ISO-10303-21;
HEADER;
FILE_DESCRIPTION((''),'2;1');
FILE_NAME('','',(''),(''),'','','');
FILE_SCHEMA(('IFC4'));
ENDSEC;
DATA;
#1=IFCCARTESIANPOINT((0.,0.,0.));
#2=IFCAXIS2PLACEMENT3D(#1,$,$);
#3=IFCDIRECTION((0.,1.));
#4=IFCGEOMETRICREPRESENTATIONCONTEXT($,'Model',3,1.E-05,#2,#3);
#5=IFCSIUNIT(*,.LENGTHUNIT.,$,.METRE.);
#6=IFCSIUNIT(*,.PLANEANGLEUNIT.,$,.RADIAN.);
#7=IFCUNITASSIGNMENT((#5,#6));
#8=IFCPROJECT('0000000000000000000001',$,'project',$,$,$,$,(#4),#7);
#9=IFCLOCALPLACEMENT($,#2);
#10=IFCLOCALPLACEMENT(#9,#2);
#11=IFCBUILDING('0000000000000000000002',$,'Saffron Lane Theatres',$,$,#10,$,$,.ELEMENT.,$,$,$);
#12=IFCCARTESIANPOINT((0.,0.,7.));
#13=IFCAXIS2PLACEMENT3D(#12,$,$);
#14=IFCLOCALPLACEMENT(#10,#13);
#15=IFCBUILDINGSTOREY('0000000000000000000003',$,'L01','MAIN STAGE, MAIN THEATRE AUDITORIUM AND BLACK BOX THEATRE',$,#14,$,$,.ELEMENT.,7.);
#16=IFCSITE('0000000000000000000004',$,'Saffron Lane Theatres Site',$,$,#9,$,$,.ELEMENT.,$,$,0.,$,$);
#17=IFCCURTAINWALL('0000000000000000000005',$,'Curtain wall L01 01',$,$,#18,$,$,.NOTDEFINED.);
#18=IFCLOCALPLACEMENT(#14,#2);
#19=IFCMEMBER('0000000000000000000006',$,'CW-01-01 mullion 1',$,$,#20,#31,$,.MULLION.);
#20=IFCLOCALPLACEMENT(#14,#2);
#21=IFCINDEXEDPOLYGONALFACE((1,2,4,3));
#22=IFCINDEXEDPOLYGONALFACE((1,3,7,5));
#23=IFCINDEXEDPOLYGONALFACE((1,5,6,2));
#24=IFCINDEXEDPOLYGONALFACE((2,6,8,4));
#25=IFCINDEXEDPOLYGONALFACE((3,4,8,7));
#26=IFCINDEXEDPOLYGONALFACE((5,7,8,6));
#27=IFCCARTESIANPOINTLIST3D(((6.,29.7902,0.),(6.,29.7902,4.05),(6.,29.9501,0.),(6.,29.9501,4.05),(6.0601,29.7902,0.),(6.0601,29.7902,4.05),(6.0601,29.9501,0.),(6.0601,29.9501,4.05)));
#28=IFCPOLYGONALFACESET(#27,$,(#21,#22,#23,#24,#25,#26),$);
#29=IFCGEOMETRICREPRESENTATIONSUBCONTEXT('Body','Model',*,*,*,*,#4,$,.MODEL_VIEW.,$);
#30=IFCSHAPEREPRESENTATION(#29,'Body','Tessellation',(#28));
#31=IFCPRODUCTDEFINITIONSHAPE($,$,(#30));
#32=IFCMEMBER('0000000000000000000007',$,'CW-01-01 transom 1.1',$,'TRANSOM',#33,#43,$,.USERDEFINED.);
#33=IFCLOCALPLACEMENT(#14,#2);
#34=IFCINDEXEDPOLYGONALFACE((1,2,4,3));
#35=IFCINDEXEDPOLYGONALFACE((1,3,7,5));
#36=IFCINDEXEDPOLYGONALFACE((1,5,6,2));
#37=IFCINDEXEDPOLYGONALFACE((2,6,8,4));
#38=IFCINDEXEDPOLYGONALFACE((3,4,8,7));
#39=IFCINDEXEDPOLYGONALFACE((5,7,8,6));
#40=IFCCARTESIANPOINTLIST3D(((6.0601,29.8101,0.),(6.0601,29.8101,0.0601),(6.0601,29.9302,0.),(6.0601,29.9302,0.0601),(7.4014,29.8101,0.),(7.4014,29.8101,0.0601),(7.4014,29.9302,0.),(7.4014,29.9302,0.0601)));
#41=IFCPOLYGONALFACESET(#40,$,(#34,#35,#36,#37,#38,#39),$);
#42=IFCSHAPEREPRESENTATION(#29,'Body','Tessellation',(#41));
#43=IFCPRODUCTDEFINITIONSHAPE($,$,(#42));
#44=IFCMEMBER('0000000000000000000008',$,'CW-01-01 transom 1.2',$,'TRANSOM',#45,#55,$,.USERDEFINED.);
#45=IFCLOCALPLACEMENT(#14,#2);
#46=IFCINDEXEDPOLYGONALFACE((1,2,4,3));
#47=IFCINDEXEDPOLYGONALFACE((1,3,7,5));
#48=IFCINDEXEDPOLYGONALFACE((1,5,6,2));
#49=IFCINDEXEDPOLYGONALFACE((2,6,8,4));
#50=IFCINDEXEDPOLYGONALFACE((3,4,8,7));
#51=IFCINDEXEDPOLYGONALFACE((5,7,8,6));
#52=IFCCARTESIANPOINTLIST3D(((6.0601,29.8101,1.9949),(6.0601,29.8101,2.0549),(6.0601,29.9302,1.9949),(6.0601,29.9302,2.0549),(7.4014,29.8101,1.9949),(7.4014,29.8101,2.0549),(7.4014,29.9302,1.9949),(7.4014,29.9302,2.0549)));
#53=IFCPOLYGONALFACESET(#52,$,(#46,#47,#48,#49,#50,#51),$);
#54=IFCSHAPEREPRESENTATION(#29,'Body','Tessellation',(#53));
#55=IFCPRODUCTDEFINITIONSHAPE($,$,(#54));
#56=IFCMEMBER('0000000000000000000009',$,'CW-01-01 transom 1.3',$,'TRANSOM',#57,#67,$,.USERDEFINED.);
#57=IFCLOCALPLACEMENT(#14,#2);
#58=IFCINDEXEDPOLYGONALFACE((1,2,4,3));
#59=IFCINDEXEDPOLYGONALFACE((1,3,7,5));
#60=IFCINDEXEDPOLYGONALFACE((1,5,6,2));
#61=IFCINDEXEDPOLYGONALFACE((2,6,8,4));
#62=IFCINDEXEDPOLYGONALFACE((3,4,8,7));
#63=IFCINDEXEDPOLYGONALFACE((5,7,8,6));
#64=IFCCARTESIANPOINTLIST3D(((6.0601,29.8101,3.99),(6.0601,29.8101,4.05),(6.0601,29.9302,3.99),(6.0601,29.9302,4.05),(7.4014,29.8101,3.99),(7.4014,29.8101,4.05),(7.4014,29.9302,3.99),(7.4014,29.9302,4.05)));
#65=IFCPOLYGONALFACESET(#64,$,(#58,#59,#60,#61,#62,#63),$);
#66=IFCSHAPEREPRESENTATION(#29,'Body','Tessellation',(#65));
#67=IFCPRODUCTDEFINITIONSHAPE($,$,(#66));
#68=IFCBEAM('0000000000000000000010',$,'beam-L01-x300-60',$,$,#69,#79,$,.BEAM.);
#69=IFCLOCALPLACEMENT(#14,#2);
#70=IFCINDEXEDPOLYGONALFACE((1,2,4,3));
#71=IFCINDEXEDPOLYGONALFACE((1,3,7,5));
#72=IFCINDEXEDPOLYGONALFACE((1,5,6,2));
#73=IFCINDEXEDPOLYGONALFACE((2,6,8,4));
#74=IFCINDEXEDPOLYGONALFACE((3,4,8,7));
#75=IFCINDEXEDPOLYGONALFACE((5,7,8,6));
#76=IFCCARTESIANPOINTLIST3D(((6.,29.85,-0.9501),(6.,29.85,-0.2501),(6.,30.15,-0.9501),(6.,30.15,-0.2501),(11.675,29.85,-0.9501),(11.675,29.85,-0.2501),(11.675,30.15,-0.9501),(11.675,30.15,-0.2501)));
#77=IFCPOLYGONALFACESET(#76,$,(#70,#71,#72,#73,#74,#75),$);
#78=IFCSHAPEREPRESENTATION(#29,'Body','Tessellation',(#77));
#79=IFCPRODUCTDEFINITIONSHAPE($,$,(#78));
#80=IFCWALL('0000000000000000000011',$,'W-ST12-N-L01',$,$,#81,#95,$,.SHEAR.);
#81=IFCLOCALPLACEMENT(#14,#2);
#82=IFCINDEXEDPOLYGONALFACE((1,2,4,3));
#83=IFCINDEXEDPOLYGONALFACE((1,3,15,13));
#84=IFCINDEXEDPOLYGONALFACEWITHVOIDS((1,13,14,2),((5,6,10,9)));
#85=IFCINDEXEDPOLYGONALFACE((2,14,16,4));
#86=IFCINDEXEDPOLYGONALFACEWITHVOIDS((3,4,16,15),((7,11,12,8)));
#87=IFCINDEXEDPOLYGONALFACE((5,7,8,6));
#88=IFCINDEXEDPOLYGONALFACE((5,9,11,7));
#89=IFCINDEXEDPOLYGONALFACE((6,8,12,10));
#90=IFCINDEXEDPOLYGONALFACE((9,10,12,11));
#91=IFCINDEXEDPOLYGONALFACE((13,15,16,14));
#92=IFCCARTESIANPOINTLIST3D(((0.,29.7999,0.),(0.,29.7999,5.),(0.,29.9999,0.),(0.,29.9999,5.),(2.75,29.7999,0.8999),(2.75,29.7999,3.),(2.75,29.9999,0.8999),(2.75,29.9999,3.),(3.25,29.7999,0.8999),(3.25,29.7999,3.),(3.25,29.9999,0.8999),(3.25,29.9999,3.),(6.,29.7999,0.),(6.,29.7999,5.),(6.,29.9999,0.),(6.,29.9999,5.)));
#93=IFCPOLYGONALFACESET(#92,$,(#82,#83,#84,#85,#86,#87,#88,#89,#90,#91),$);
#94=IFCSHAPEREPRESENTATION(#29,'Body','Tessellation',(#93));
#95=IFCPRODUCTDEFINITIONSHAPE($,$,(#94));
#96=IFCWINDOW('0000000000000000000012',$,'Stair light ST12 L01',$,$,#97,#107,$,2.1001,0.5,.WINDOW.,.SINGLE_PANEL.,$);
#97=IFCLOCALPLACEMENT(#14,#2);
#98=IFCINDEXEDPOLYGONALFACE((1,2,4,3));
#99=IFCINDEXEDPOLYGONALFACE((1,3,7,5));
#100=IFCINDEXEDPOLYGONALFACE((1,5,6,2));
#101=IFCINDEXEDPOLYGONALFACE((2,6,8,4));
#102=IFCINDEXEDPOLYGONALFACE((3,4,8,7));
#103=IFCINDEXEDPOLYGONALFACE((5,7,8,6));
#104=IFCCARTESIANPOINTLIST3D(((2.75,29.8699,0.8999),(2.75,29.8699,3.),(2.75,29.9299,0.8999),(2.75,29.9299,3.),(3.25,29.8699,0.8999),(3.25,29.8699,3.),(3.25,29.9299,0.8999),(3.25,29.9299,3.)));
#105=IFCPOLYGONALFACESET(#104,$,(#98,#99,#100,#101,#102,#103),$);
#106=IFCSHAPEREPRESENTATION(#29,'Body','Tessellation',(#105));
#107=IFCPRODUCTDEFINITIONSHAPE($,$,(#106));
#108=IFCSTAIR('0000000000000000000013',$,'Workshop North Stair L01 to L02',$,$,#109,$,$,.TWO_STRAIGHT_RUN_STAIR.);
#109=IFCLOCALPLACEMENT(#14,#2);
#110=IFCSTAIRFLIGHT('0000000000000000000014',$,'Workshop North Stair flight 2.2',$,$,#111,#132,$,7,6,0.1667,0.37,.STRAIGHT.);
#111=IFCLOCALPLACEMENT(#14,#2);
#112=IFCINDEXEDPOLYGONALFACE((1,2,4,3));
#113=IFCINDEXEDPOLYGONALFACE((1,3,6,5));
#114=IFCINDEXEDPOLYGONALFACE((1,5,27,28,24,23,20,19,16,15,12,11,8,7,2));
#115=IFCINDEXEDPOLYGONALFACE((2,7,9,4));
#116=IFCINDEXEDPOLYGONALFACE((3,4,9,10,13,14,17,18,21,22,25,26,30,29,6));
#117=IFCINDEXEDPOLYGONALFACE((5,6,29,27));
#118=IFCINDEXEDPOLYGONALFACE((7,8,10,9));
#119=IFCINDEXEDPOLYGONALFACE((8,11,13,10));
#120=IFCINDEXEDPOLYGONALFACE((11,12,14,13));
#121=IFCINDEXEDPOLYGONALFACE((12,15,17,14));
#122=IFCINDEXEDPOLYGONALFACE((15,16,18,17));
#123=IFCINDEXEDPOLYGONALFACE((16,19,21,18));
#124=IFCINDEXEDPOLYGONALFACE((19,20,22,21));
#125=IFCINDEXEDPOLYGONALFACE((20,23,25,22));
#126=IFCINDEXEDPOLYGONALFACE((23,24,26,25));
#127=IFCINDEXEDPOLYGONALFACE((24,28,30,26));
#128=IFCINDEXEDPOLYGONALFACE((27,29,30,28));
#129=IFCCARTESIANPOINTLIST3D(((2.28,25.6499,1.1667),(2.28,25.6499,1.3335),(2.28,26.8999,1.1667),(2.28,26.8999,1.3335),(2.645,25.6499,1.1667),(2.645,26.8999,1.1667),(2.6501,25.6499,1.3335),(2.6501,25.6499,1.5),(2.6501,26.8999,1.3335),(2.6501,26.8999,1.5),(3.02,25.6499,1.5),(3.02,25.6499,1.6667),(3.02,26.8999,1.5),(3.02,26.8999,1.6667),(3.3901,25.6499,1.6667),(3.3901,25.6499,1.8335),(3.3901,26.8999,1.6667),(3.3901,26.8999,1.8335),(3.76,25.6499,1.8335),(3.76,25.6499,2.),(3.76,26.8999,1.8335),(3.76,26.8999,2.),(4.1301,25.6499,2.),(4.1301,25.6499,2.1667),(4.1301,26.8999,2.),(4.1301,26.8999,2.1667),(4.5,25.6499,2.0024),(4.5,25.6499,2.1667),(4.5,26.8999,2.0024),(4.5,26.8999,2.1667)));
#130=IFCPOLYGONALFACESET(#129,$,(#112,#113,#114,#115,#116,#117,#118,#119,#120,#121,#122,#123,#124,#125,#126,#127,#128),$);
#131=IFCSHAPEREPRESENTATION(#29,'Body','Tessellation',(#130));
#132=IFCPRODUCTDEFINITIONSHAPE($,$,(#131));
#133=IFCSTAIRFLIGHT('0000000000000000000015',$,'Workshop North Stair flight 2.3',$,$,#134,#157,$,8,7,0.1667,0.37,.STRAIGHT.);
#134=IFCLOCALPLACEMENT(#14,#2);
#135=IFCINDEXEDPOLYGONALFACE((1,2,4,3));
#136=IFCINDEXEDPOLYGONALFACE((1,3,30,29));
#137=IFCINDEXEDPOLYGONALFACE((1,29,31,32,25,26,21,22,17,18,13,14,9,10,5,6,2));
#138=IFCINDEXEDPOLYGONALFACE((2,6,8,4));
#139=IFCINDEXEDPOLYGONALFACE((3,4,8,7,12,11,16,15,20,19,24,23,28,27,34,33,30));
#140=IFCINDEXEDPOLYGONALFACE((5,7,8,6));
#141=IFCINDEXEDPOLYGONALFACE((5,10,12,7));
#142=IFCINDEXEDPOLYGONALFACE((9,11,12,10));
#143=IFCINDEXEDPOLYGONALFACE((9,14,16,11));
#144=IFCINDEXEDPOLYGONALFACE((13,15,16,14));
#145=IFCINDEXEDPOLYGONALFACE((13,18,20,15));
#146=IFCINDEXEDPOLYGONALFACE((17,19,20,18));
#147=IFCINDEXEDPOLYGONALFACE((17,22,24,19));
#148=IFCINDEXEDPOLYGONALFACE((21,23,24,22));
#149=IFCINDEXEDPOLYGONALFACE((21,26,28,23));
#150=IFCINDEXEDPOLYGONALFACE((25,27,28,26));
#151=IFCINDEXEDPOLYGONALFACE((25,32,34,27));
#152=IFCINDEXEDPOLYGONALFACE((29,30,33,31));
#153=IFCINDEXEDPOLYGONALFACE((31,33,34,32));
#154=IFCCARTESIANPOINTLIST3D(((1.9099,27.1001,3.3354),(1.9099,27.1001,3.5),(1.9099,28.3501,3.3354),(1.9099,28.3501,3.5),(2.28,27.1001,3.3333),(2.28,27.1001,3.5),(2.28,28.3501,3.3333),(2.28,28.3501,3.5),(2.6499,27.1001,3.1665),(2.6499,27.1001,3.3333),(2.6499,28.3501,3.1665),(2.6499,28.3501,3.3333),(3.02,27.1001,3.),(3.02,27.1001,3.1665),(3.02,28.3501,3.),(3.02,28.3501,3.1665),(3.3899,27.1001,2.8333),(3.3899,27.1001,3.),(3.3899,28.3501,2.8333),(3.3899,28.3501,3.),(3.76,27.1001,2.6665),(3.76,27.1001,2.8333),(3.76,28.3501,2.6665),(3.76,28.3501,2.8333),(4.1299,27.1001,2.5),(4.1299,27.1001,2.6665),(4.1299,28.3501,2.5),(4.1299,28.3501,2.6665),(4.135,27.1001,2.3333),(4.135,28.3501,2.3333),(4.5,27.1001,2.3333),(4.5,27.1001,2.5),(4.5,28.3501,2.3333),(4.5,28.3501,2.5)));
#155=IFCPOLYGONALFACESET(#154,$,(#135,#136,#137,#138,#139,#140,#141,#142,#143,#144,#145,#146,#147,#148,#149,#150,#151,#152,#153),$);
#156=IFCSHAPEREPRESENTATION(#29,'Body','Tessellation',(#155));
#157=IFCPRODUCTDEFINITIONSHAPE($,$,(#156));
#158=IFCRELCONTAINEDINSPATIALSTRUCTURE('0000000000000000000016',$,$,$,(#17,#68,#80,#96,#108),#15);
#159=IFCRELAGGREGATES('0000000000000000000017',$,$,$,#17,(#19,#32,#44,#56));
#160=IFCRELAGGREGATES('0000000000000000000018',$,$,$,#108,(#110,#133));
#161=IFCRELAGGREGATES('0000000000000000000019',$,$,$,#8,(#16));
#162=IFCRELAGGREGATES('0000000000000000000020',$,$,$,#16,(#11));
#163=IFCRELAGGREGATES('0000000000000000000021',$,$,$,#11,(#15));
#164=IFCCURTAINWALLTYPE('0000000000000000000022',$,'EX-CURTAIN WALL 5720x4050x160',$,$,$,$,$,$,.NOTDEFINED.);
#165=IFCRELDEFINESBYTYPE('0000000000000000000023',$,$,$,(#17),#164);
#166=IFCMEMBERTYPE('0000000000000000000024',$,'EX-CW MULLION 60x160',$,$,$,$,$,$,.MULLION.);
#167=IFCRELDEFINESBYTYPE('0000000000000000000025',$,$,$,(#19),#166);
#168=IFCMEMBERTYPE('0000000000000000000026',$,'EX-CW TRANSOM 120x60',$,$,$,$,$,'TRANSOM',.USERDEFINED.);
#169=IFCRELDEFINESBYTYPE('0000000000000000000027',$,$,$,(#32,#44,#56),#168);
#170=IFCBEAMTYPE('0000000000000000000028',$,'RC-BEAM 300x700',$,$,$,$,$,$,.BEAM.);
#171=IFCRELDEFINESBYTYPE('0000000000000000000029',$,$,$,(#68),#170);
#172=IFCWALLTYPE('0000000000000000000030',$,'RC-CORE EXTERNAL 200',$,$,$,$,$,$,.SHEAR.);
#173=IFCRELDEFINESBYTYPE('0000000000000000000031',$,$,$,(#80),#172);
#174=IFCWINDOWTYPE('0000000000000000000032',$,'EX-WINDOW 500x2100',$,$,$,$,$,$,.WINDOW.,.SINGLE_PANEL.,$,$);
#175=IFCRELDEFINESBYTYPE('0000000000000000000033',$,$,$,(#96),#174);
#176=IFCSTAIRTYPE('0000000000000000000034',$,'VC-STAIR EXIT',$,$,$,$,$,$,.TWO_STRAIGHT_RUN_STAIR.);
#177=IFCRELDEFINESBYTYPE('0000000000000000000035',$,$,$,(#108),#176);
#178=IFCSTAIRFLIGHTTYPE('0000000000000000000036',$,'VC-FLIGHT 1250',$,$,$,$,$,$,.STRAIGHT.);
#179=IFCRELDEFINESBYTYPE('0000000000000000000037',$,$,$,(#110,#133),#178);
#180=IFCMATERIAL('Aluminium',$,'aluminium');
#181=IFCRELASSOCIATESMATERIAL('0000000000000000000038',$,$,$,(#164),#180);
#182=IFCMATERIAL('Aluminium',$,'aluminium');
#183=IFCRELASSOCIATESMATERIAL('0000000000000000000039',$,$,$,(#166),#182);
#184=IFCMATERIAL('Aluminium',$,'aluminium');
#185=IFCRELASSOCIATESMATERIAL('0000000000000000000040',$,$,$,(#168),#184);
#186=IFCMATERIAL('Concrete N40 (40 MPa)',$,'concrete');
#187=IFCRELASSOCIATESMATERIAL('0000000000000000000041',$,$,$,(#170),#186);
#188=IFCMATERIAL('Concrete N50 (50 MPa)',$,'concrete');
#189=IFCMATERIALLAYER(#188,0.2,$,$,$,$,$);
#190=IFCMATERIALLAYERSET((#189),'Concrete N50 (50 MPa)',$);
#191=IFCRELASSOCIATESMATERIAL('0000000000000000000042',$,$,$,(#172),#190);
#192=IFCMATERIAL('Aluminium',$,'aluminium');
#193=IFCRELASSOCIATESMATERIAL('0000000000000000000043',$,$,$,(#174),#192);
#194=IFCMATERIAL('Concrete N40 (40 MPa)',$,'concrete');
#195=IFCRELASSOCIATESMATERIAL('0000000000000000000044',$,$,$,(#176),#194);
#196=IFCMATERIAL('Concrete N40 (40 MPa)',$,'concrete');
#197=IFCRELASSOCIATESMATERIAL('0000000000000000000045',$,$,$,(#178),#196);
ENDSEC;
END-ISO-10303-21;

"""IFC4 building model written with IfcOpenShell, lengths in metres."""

from ifc_helpers import new_model, si_unit, direction, frame, frame_2d, origin, origin_2d, place, context, subcontext, project, spatial, polyline, rectangle, outline, extrude, material, layer, layer_set, material_profile, profile_set, type_object, element, fill, aggregate, save


model = new_model("IFC4")

# Units and contexts
model_context = context("Model", 3, precision=1e-05, world=origin(), true_north=direction((0.0, 1.0)))
body_context = subcontext(model_context, "Body", "Model", "MODEL_VIEW")
ifc_project = project(units=[si_unit("LENGTHUNIT", "METRE"), si_unit("PLANEANGLEUNIT", "RADIAN")], contexts=[model_context])

# Site, building, storey
site_placement = place(None, origin())
site = spatial("IfcSite", under=ifc_project, at=site_placement, Name="Saffron Lane Theatres Site", CompositionType="ELEMENT", RefElevation=0.0)
building_placement = place(site_placement, origin())
building = spatial("IfcBuilding", under=site, at=building_placement, Name="Saffron Lane Theatres", CompositionType="ELEMENT")
storey_placement = place(building_placement, frame((0.0, 0.0, 7.0)))
storey = spatial("IfcBuildingStorey", under=building, at=storey_placement, Name="L01", Description="MAIN STAGE, MAIN THEATRE AUDITORIUM AND BLACK BOX THEATRE", CompositionType="ELEMENT", Elevation=7.0)

# Curtain wall, members
ifc_material_1 = material(Name="Aluminium", Category="aluminium")
curtain_wall_type = type_object("IfcCurtainWallType", Name="EX-CURTAIN WALL 5720x4050x160", PredefinedType="NOTDEFINED", material=ifc_material_1)
curtain_wall_placement = place(storey_placement, origin())
curtain_wall = element("IfcCurtainWall", 1, at=curtain_wall_placement, inside=storey, type_object=curtain_wall_type, Name="Curtain wall L01 01", PredefinedType="NOTDEFINED")
ifc_material_2 = material(Name="Aluminium", Category="aluminium")
ifc_material_profile_1 = material_profile(ifc_material_2, rectangle(XDim=0.0601, YDim=0.1599, at=origin_2d()))
ifc_profile_set_1 = profile_set([ifc_material_profile_1], Name="Aluminium")
member_type_1 = type_object("IfcMemberType", Name="EX-CW MULLION 60x160", PredefinedType="MULLION", material=ifc_profile_set_1)
member_1_placement = place(storey_placement, frame((6.03, 29.8701, 0.0), z_axis=(0.0, 0.0, 1.0), x_axis=(1.0, 0.0, 0.0)))
member_1 = element("IfcMember", 2, at=member_1_placement, type_object=member_type_1, Name="CW-01-01 mullion 1", PredefinedType="MULLION", context=body_context, shape_type="SweptSolid", body=[
    extrude(rectangle(XDim=0.0601, YDim=0.1599, at=origin_2d()), origin(), (0.0, 0.0, 1.0), 4.05),
])
ifc_material_3 = material(Name="Aluminium", Category="aluminium")
ifc_material_profile_2 = material_profile(ifc_material_3, rectangle(XDim=0.1201, YDim=0.0601, at=origin_2d()))
ifc_profile_set_2 = profile_set([ifc_material_profile_2], Name="Aluminium")
member_type_2 = type_object("IfcMemberType", Name="EX-CW TRANSOM 120x60", ElementType="TRANSOM", PredefinedType="USERDEFINED", material=ifc_profile_set_2)
member_2_placement = place(storey_placement, frame((6.0601, 29.8701, 0.03), z_axis=(1.0, 0.0, 0.0), x_axis=(0.0, 1.0, 0.0)))
member_2 = element("IfcMember", 3, at=member_2_placement, type_object=member_type_2, Name="CW-01-01 transom 1.1", ObjectType="TRANSOM", PredefinedType="USERDEFINED", context=body_context, shape_type="SweptSolid", body=[
    extrude(rectangle(XDim=0.1201, YDim=0.0601, at=origin_2d()), origin(), (0.0, 0.0, 1.0), 1.3413),
])
member_3_placement = place(storey_placement, frame((6.0601, 29.8701, 2.0249), z_axis=(1.0, 0.0, 0.0), x_axis=(0.0, 1.0, 0.0)))
member_3 = element("IfcMember", 4, at=member_3_placement, type_object=member_type_2, Name="CW-01-01 transom 1.2", ObjectType="TRANSOM", PredefinedType="USERDEFINED", context=body_context, shape_type="SweptSolid", body=[
    extrude(rectangle(XDim=0.1201, YDim=0.0601, at=origin_2d()), origin(), (0.0, 0.0, 1.0), 1.3413),
])
member_4_placement = place(storey_placement, frame((6.0601, 29.8701, 4.02), z_axis=(1.0, 0.0, 0.0), x_axis=(0.0, 1.0, 0.0)))
member_4 = element("IfcMember", 5, at=member_4_placement, type_object=member_type_2, Name="CW-01-01 transom 1.3", ObjectType="TRANSOM", PredefinedType="USERDEFINED", context=body_context, shape_type="SweptSolid", body=[
    extrude(rectangle(XDim=0.1201, YDim=0.0601, at=origin_2d()), origin(), (0.0, 0.0, 1.0), 1.3413),
])
aggregate(curtain_wall, [member_1, member_2, member_3, member_4])

# Beam
ifc_material_4 = material(Name="Concrete N40 (40 MPa)", Category="concrete")
ifc_material_profile_3 = material_profile(ifc_material_4, rectangle(XDim=0.3, YDim=0.7, at=origin_2d()))
ifc_profile_set_3 = profile_set([ifc_material_profile_3], Name="Concrete N40 (40 MPa)")
beam_type = type_object("IfcBeamType", Name="RC-BEAM 300x700", PredefinedType="BEAM", material=ifc_profile_set_3)
beam_placement = place(storey_placement, frame((6.0, 30.0, -0.6001), z_axis=(1.0, 0.0, 0.0), x_axis=(0.0, 1.0, 0.0)))
element("IfcBeam", 6, at=beam_placement, inside=storey, type_object=beam_type, Name="beam-L01-x300-60", PredefinedType="BEAM", context=body_context, shape_type="SweptSolid", body=[
    extrude(rectangle(XDim=0.3, YDim=0.7, at=origin_2d()), origin(), (0.0, 0.0, 1.0), 5.675),
])

# Wall, opening, window
ifc_material_5 = material(Name="Concrete N50 (50 MPa)", Category="concrete")
ifc_layer_1 = layer(ifc_material_5, 0.2)
ifc_layer_set_1 = layer_set([ifc_layer_1], Name="Concrete N50 (50 MPa)")
wall_type = type_object("IfcWallType", Name="RC-CORE EXTERNAL 200", PredefinedType="SHEAR", material=ifc_layer_set_1)
wall_placement = place(storey_placement, frame((0.0, 29.8999, 0.0), z_axis=(0.0, 0.0, 1.0), x_axis=(1.0, 0.0, 0.0)))
wall = element("IfcWall", 7, at=wall_placement, inside=storey, type_object=wall_type, Name="W-ST12-N-L01", PredefinedType="SHEAR", context=body_context, shape_type="SweptSolid", body=[
    extrude(rectangle(XDim=6.0, YDim=0.2, at=frame_2d((3.0, 0.0))), origin(), (0.0, 0.0, 1.0), 5.0),
])
opening_placement = place(wall_placement, frame((2.75, 0.0, 0.8999)))
opening = element("IfcOpeningElement", 8, at=opening_placement, cuts=wall, PredefinedType="OPENING", context=body_context, shape_type="SweptSolid", body=[
    extrude(rectangle(XDim=0.5, YDim=2.1001, at=frame_2d((0.25, 1.05))), frame((0.0, 0.1099, 0.0), z_axis=(0.0, -1.0, 0.0), x_axis=(1.0, 0.0, 0.0)), (0.0, 0.0, 1.0), 0.22),
])
ifc_material_6 = material(Name="Aluminium", Category="aluminium")
window_type = type_object("IfcWindowType", Name="EX-WINDOW 500x2100", PartitioningType="SINGLE_PANEL", PredefinedType="WINDOW", material=ifc_material_6)
window_placement = place(opening_placement, origin())
window = element("IfcWindow", 9, at=window_placement, inside=storey, type_object=window_type, Name="Stair light ST12 L01", OverallHeight=2.1001, OverallWidth=0.5, PartitioningType="SINGLE_PANEL", PredefinedType="WINDOW", context=body_context, shape_type="SweptSolid", body=[
    extrude(rectangle(XDim=0.5, YDim=2.1001, at=frame_2d((0.25, 1.05))), frame((0.0, 0.03, 0.0), z_axis=(0.0, -1.0, 0.0), x_axis=(1.0, 0.0, 0.0)), (0.0, 0.0, 1.0), 0.0601),
])
fill(opening, window)

# Stair, stair flights
ifc_material_7 = material(Name="Concrete N40 (40 MPa)", Category="concrete")
stair_type = type_object("IfcStairType", Name="VC-STAIR EXIT", PredefinedType="TWO_STRAIGHT_RUN_STAIR", material=ifc_material_7)
stair_placement = place(storey_placement, origin())
stair = element("IfcStair", 10, at=stair_placement, inside=storey, type_object=stair_type, Name="Workshop North Stair L01 to L02", PredefinedType="TWO_STRAIGHT_RUN_STAIR")
ifc_material_8 = material(Name="Concrete N40 (40 MPa)", Category="concrete")
stair_flight_type = type_object("IfcStairFlightType", Name="VC-FLIGHT 1250", PredefinedType="STRAIGHT", material=ifc_material_8)
stair_flight_1_placement = place(storey_placement, frame((2.28, 26.2749, 1.1667), z_axis=(0.0, 0.0, 1.0), x_axis=(1.0, 0.0, 0.0)))
stair_flight_1 = element("IfcStairFlight", 11, at=stair_flight_1_placement, type_object=stair_flight_type, Name="Workshop North Stair flight 2.2", NumberOfRisers=7, NumberOfTreads=6, PredefinedType="STRAIGHT", RiserHeight=0.1667, TreadLength=0.37, context=body_context, shape_type="SweptSolid", body=[
    extrude(outline(polyline([(0.0, 0.0), (0.0, 0.1667), (0.3701, 0.1667), (0.3701, 0.3333), (0.74, 0.3333), (0.74, 0.5), (1.1101, 0.5), (1.1101, 0.6667), (1.48, 0.6667), (1.48, 0.8333), (1.8501, 0.8333), (1.8501, 1.0), (2.22, 1.0), (2.22, 1.1667), (2.22, 0.8357), (0.365, 0.0), (0.0, 0.0)])), frame((0.0, 0.625, 0.0), z_axis=(0.0, -1.0, 0.0), x_axis=(1.0, 0.0, 0.0)), (0.0, 0.0, 1.0), 1.25),
])
stair_flight_2_placement = place(storey_placement, frame((4.5, 27.7251, 2.3333), z_axis=(0.0, 0.0, 1.0), x_axis=(-1.0, 0.0, 0.0)))
stair_flight_2 = element("IfcStairFlight", 12, at=stair_flight_2_placement, type_object=stair_flight_type, Name="Workshop North Stair flight 2.3", NumberOfRisers=8, NumberOfTreads=7, PredefinedType="STRAIGHT", RiserHeight=0.1667, TreadLength=0.37, context=body_context, shape_type="SweptSolid", body=[
    extrude(outline(polyline([(0.0, 0.0), (0.0, 0.1667), (0.3701, 0.1667), (0.3701, 0.3333), (0.74, 0.3333), (0.74, 0.5), (1.1101, 0.5), (1.1101, 0.6667), (1.48, 0.6667), (1.48, 0.8333), (1.8501, 0.8333), (1.8501, 1.0), (2.22, 1.0), (2.22, 1.1667), (2.5901, 1.1667), (2.5901, 1.3333), (2.5901, 1.0022), (0.365, 0.0), (0.0, 0.0)])), frame((0.0, 0.625, 0.0), z_axis=(0.0, -1.0, 0.0), x_axis=(1.0, 0.0, 0.0)), (0.0, 0.0, 1.0), 1.25),
])
aggregate(stair, [stair_flight_1, stair_flight_2])

save(model, "model.ifc")
